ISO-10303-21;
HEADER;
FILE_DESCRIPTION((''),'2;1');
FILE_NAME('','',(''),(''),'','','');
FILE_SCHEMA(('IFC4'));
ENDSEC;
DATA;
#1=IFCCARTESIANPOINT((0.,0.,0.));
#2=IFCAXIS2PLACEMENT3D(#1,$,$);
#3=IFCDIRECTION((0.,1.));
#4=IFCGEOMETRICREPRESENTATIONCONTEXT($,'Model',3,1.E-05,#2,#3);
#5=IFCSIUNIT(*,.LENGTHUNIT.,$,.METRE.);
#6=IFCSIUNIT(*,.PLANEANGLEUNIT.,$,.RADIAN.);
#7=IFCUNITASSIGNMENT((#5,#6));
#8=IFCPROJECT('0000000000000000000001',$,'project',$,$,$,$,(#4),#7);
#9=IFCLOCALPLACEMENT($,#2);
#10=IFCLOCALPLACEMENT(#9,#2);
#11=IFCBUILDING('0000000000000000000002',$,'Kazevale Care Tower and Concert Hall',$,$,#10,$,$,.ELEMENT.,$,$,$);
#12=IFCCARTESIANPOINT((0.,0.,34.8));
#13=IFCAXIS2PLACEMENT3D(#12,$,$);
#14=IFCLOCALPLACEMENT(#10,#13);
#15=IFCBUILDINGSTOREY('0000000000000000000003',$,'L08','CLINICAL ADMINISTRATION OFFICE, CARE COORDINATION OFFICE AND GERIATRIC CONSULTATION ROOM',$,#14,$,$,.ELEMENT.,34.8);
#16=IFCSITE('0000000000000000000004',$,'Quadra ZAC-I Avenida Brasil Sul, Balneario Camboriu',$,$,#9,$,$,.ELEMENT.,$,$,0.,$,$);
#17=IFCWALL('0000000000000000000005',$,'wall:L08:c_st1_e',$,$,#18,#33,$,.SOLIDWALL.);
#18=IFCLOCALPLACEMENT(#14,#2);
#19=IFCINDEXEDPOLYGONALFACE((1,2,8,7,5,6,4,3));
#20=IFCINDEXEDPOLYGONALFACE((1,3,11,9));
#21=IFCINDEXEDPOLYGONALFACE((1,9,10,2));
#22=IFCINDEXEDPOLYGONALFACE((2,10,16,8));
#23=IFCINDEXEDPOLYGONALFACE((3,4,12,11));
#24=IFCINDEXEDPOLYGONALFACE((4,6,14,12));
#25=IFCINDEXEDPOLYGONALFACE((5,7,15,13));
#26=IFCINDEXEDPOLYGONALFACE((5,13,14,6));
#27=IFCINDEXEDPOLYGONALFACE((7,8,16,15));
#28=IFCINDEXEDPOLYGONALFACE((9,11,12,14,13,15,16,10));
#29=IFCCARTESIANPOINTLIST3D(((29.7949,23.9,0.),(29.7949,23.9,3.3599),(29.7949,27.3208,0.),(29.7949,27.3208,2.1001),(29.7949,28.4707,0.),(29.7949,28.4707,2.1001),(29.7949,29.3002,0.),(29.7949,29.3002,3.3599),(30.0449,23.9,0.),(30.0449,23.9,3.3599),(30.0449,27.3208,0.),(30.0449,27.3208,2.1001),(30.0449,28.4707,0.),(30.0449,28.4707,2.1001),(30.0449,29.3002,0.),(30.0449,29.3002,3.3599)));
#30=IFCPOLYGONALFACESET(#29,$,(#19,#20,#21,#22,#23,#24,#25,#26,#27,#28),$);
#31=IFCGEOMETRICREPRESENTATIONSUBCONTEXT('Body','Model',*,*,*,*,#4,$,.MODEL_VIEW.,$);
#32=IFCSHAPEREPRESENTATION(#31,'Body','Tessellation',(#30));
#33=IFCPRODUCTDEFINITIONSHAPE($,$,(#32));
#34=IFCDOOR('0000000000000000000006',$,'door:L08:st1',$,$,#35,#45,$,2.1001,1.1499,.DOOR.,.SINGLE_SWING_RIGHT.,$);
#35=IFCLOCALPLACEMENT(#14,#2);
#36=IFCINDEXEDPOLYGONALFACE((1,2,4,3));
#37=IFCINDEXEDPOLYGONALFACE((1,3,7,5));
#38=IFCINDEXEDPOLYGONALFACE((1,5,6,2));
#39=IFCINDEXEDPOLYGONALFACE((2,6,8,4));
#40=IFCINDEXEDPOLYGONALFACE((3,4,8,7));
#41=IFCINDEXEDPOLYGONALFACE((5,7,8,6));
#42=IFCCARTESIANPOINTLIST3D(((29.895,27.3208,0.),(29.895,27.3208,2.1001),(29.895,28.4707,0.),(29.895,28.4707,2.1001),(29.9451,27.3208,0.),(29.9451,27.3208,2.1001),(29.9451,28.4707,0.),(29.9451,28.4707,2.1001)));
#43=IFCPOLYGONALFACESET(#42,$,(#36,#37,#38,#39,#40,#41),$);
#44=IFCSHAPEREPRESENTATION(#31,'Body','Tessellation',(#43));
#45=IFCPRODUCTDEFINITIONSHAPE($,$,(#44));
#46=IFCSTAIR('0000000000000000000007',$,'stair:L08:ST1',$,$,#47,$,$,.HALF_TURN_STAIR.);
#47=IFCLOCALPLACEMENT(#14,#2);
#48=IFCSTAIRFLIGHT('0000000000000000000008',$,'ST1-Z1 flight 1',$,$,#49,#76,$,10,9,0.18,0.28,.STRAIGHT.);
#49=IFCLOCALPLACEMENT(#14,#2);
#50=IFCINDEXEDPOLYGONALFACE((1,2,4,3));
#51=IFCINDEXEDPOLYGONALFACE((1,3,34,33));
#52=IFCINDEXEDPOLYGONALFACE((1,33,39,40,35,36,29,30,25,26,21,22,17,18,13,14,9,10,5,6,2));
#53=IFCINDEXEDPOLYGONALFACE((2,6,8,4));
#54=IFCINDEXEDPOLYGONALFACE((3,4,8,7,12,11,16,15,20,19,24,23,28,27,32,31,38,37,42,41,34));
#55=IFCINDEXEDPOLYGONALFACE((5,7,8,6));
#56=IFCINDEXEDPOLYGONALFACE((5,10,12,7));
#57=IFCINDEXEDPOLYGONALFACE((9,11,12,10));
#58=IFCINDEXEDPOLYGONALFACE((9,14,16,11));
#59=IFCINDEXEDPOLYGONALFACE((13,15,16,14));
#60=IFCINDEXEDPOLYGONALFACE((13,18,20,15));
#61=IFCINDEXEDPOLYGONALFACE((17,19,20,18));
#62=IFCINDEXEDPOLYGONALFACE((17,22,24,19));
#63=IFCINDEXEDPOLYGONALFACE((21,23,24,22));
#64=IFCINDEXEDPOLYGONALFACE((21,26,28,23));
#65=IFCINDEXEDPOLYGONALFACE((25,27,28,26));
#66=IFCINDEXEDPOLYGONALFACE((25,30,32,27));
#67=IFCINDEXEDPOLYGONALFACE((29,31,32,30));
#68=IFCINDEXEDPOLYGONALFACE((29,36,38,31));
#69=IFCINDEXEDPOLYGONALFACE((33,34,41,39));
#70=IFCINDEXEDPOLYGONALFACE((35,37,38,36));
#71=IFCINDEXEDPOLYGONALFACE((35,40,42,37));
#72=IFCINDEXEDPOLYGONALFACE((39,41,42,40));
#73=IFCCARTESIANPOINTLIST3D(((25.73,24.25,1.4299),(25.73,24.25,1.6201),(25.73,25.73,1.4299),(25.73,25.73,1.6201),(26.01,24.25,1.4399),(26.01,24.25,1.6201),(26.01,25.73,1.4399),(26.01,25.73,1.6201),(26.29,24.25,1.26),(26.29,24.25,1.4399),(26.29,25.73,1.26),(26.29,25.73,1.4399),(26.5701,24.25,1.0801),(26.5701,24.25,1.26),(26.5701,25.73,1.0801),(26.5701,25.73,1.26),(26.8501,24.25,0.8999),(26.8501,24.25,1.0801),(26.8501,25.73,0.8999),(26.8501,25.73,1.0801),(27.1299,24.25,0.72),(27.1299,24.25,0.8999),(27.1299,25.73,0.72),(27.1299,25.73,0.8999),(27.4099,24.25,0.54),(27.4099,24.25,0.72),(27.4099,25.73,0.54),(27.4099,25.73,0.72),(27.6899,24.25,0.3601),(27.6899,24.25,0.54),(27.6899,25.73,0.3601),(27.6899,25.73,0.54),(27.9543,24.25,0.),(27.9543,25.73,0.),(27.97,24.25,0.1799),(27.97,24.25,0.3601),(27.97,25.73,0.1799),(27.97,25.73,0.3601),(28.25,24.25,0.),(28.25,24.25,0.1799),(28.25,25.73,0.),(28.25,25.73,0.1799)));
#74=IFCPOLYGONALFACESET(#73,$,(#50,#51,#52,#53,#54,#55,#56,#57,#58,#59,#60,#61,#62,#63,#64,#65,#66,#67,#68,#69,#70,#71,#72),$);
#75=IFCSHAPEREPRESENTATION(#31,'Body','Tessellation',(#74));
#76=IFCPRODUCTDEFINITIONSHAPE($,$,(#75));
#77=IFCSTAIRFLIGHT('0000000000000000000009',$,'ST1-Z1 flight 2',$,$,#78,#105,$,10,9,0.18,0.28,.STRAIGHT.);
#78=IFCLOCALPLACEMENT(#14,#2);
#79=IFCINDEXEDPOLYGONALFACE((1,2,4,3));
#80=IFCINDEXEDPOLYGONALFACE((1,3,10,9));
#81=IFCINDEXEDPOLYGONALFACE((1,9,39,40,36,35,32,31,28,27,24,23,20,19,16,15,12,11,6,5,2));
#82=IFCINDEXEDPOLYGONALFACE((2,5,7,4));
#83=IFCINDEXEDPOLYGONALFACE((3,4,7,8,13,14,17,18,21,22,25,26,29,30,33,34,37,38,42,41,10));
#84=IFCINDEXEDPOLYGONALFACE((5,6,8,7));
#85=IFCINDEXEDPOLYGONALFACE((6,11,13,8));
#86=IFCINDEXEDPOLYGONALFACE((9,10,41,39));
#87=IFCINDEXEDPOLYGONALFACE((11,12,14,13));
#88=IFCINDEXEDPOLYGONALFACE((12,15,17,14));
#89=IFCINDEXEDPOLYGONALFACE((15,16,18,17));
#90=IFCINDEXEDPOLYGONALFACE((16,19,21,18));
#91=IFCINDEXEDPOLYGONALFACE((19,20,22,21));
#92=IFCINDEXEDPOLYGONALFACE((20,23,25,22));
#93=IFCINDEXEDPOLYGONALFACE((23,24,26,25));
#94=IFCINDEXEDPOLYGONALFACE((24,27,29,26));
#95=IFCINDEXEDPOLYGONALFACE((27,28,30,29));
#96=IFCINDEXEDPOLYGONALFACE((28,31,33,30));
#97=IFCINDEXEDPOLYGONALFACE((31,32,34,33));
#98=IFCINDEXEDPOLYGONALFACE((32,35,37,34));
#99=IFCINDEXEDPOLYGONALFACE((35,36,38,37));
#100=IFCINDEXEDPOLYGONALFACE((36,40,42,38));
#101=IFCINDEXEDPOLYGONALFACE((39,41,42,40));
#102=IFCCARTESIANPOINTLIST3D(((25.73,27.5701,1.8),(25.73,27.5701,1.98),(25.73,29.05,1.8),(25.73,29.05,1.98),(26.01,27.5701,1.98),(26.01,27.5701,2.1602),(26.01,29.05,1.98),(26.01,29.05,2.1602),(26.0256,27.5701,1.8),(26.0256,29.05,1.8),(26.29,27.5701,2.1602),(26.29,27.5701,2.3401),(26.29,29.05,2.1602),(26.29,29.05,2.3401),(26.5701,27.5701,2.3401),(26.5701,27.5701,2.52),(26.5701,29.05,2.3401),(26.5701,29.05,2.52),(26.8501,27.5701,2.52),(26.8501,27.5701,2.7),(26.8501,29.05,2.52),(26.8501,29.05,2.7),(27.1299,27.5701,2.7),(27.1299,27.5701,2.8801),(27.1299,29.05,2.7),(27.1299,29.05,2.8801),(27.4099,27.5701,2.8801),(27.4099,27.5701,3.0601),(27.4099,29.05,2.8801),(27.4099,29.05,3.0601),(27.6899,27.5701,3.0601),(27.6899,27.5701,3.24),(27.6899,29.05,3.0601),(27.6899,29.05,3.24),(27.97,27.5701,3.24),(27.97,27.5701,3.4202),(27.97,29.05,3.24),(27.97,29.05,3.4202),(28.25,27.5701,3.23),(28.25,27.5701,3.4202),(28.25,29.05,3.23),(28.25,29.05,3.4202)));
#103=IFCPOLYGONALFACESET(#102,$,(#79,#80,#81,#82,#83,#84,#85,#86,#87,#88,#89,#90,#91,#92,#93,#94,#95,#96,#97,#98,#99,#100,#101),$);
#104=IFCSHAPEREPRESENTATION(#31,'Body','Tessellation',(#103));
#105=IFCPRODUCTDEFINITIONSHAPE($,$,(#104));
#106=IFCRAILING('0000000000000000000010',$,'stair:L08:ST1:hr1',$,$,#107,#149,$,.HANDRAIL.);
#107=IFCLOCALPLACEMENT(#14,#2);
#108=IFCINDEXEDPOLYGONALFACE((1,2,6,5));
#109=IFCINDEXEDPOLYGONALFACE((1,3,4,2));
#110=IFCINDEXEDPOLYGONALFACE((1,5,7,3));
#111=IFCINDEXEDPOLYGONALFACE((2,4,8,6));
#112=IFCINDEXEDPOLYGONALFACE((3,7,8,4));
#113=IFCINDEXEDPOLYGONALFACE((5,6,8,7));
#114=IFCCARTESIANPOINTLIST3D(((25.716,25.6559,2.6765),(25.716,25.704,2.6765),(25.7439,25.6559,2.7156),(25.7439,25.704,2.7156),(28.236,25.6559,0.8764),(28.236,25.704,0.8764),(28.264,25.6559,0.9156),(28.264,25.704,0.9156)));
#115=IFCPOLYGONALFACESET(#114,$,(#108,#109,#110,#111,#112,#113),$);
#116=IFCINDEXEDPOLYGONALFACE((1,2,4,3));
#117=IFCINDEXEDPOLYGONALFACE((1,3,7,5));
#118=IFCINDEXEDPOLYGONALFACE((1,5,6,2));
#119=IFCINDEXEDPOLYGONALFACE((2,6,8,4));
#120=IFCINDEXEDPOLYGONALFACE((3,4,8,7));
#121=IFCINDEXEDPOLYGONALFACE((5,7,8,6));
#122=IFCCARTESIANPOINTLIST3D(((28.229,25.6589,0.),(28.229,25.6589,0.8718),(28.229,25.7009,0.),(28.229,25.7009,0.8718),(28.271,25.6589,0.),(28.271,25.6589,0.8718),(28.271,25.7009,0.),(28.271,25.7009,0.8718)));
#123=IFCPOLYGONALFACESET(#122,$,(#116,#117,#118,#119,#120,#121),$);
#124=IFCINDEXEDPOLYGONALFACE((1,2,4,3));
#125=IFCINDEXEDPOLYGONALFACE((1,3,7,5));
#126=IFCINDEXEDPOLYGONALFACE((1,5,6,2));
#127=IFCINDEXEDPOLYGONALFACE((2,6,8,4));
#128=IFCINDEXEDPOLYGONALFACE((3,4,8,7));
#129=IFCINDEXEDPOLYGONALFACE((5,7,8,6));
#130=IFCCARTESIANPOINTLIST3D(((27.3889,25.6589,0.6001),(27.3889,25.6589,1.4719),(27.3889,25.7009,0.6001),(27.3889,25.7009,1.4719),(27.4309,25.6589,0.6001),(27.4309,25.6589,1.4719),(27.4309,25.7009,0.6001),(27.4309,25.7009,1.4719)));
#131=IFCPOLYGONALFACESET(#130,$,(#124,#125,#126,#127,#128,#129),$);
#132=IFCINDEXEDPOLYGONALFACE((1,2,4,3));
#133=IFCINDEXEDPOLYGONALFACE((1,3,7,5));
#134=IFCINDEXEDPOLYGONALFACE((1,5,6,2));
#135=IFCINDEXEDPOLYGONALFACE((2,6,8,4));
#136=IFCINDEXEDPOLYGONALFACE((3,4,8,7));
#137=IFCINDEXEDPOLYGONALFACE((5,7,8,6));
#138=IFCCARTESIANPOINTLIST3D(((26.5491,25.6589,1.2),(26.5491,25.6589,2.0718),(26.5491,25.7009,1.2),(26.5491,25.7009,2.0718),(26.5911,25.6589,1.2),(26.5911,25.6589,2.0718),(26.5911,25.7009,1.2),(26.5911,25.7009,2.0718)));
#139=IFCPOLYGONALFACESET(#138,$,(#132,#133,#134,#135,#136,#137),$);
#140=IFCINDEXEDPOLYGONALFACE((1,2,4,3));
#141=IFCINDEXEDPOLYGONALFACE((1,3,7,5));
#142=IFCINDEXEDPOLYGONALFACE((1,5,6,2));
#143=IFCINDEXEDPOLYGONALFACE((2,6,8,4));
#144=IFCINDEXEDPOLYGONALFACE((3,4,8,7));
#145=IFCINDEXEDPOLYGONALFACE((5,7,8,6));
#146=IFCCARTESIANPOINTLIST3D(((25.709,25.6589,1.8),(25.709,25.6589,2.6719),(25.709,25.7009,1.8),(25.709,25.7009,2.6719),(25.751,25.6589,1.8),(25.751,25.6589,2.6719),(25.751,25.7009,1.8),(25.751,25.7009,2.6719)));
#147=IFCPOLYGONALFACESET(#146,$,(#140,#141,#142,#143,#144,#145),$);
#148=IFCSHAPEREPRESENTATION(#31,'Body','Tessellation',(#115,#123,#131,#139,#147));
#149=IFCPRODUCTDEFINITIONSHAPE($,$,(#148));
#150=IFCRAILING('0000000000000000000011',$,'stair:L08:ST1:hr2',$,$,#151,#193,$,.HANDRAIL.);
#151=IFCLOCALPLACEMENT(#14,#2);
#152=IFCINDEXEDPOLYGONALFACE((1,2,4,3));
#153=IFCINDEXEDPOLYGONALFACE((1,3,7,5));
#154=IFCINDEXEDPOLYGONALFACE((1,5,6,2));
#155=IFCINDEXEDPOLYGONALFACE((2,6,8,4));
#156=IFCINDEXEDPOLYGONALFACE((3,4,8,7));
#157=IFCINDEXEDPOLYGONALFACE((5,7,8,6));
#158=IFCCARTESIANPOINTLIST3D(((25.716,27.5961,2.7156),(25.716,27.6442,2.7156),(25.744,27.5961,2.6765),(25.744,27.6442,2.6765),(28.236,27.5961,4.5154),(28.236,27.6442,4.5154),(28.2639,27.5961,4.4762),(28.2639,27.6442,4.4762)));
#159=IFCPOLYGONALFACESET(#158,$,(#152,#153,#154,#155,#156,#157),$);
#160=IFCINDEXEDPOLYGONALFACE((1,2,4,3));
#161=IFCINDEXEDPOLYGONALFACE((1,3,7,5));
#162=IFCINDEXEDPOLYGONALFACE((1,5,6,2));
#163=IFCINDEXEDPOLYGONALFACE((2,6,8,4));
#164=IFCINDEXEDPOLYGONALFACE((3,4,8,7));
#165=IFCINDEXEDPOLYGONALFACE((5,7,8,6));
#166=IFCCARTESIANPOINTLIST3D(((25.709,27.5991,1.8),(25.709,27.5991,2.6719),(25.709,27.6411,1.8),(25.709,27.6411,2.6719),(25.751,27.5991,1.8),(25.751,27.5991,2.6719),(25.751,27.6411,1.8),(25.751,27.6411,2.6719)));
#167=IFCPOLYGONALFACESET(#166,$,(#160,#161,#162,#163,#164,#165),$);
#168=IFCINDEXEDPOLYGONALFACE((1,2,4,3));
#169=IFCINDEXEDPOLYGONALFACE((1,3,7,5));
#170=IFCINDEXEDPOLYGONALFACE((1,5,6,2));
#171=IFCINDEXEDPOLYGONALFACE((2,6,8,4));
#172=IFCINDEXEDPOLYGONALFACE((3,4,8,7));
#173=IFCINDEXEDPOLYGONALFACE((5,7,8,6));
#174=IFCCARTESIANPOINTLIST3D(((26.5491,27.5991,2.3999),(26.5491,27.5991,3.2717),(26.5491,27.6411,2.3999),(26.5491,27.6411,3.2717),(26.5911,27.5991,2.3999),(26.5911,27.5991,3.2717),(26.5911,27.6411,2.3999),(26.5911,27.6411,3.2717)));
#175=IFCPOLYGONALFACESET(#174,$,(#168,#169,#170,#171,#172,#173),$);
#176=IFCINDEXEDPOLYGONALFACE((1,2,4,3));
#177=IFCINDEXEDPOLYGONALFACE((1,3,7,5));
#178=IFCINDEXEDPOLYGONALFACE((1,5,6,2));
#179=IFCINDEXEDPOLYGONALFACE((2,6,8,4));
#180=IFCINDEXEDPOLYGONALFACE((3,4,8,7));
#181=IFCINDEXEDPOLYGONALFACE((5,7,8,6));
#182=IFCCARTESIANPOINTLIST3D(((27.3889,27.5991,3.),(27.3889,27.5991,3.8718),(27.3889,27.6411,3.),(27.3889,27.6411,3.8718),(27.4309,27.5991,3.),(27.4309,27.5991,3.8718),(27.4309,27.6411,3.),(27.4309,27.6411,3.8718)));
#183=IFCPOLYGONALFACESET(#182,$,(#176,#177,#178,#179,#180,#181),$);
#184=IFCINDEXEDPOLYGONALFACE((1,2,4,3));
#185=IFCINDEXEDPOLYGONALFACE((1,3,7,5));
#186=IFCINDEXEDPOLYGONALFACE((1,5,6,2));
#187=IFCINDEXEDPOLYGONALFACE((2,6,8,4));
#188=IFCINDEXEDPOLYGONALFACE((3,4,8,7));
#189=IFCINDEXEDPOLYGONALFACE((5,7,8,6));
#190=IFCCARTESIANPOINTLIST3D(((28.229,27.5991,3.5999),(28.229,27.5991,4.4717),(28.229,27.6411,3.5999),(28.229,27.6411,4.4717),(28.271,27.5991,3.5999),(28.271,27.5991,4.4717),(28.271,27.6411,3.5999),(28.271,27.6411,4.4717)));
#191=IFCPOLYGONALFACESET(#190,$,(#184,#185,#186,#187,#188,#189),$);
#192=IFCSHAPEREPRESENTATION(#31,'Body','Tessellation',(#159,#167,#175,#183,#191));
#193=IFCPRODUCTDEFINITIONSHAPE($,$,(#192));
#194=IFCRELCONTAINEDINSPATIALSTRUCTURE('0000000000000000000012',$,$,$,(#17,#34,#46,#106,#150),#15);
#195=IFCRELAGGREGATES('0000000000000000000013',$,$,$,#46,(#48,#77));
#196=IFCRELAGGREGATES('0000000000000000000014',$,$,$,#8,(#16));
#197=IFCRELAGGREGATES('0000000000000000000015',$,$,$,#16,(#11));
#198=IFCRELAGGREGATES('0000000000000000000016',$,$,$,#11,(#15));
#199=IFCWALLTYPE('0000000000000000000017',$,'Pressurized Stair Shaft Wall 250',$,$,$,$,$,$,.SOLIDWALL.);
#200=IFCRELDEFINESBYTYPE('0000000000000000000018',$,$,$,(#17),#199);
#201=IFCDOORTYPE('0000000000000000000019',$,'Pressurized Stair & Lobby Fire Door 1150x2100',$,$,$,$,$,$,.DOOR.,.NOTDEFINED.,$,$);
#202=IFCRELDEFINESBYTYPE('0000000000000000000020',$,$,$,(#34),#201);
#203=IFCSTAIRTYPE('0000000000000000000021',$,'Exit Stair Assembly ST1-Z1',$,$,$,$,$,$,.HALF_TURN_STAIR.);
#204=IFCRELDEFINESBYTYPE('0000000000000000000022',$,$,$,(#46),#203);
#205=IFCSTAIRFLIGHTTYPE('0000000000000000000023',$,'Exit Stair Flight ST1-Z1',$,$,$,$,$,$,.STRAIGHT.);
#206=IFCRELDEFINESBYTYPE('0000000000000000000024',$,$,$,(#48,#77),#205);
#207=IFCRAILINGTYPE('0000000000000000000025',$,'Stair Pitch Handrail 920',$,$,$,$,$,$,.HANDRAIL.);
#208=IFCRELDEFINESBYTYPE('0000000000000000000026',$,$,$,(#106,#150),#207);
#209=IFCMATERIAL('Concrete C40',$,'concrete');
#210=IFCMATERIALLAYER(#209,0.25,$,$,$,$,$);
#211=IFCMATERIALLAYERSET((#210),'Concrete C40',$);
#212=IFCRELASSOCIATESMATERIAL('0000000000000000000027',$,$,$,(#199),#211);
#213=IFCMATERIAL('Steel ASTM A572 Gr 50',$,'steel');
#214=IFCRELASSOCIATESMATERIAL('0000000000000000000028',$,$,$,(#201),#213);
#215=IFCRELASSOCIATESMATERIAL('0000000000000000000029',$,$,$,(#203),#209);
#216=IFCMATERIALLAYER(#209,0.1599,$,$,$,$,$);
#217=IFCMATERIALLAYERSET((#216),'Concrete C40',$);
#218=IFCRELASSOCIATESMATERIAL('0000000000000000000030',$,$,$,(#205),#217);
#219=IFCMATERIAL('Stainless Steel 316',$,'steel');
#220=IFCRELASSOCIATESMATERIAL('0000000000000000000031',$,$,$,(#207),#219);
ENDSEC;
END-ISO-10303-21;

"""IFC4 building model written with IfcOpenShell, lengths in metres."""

from ifc_helpers import new_model, si_unit, direction, frame, frame_2d, origin, origin_2d, place, context, subcontext, project, spatial, polyline, rectangle, outline, extrude, material, layer, layer_set, type_object, element, fill, aggregate, save


model = new_model("IFC4")

# Units and contexts
model_context = context("Model", 3, precision=1e-05, world=origin(), true_north=direction((0.0, 1.0)))
body_context = subcontext(model_context, "Body", "Model", "MODEL_VIEW")
ifc_project = project(units=[si_unit("LENGTHUNIT", "METRE"), si_unit("PLANEANGLEUNIT", "RADIAN")], contexts=[model_context])

# Site, building, storey
site_placement = place(None, origin())
site = spatial("IfcSite", under=ifc_project, at=site_placement, Name="Quadra ZAC-I Avenida Brasil Sul, Balneario Camboriu", CompositionType="ELEMENT", RefElevation=0.0)
building_placement = place(site_placement, origin())
building = spatial("IfcBuilding", under=site, at=building_placement, Name="Kazevale Care Tower and Concert Hall", CompositionType="ELEMENT")
storey_placement = place(building_placement, frame((0.0, 0.0, 34.8)))
storey = spatial("IfcBuildingStorey", under=building, at=storey_placement, Name="L08", Description="CLINICAL ADMINISTRATION OFFICE, CARE COORDINATION OFFICE AND GERIATRIC CONSULTATION ROOM", CompositionType="ELEMENT", Elevation=34.8)

# Shared definitions
ifc_material_1 = material(Name="Steel ASTM A572 Gr 50", Category="steel")

# Shared definitions
ifc_material_2 = material(Name="Concrete C40", Category="concrete")
ifc_material_3 = material(Name="Stainless Steel 316", Category="steel")

# Wall, opening, door
ifc_layer_1 = layer(ifc_material_2, 0.25)
ifc_layer_set_1 = layer_set([ifc_layer_1], Name="Concrete C40")
wall_type_1 = type_object("IfcWallType", Name="Pressurized Stair Shaft Wall 250", PredefinedType="SOLIDWALL", material=ifc_layer_set_1)
wall_1_placement = place(storey_placement, frame((29.9199, 23.8999, 0.0), z_axis=(0.0, 0.0, 1.0), x_axis=(0.0, 1.0, 0.0)))
wall_1 = element("IfcWall", 1, at=wall_1_placement, inside=storey, type_object=wall_type_1, Name="wall:L08:c_st1_e", PredefinedType="SOLIDWALL", context=body_context, shape_type="SweptSolid", body=[
    extrude(rectangle(XDim=5.4001, YDim=0.25, at=frame_2d((2.7002, 0.0))), origin(), (0.0, 0.0, 1.0), 3.3599),
])
opening_1_placement = place(wall_1_placement, frame((3.4209, 0.0, 0.0)))
opening_1 = element("IfcOpeningElement", 2, at=opening_1_placement, cuts=wall_1, PredefinedType="OPENING", context=body_context, shape_type="SweptSolid", body=[
    extrude(rectangle(XDim=1.1499, YDim=2.1001, at=frame_2d((0.575, 1.05))), frame((0.0, 0.135, 0.0), z_axis=(0.0, -1.0, 0.0), x_axis=(1.0, 0.0, 0.0)), (0.0, 0.0, 1.0), 0.27),
])
door_type_1 = type_object("IfcDoorType", Name="Pressurized Stair & Lobby Fire Door 1150x2100", OperationType="NOTDEFINED", PredefinedType="DOOR", material=ifc_material_1)
door_1_placement = place(opening_1_placement, origin())
door_1 = element("IfcDoor", 3, at=door_1_placement, inside=storey, type_object=door_type_1, Name="door:L08:st1", OperationType="SINGLE_SWING_RIGHT", OverallHeight=2.1001, OverallWidth=1.1499, PredefinedType="DOOR", context=body_context, shape_type="SweptSolid", body=[
    extrude(rectangle(XDim=1.1499, YDim=2.1001, at=frame_2d((0.575, 1.05))), frame((0.0, 0.0249, 0.0), z_axis=(0.0, -1.0, 0.0), x_axis=(1.0, 0.0, 0.0)), (0.0, 0.0, 1.0), 0.05),
])
fill(opening_1, door_1)

# Stair, stair flights
stair_type = type_object("IfcStairType", Name="Exit Stair Assembly ST1-Z1", PredefinedType="HALF_TURN_STAIR", material=ifc_material_2)
stair_placement = place(storey_placement, origin())
stair = element("IfcStair", 4, at=stair_placement, inside=storey, type_object=stair_type, Name="stair:L08:ST1", PredefinedType="HALF_TURN_STAIR")
ifc_layer_2 = layer(ifc_material_2, 0.1599)
ifc_layer_set_2 = layer_set([ifc_layer_2], Name="Concrete C40")
stair_flight_type = type_object("IfcStairFlightType", Name="Exit Stair Flight ST1-Z1", PredefinedType="STRAIGHT", material=ifc_layer_set_2)
stair_flight_1_placement = place(storey_placement, frame((28.25, 24.99, 0.0), z_axis=(0.0, 0.0, 1.0), x_axis=(-1.0, 0.0, 0.0)))
stair_flight_1 = element("IfcStairFlight", 5, at=stair_flight_1_placement, type_object=stair_flight_type, Name="ST1-Z1 flight 1", NumberOfRisers=10, NumberOfTreads=9, PredefinedType="STRAIGHT", RiserHeight=0.18, TreadLength=0.28, context=body_context, shape_type="SweptSolid", body=[
    extrude(outline(polyline([(0.0, 0.0), (0.0, 0.1799), (0.28, 0.1799), (0.28, 0.3601), (0.5601, 0.3601), (0.5601, 0.54), (0.8401, 0.54), (0.8401, 0.72), (1.1201, 0.72), (1.1201, 0.8999), (1.3999, 0.8999), (1.3999, 1.0801), (1.6799, 1.0801), (1.6799, 1.26), (1.96, 1.26), (1.96, 1.4399), (2.24, 1.4399), (2.24, 1.6201), (2.52, 1.6201), (2.52, 1.8), (2.52, 1.4299), (0.2957, 0.0), (0.0, 0.0)])), frame((0.0, 0.74, 0.0), z_axis=(0.0, -1.0, 0.0), x_axis=(1.0, 0.0, 0.0)), (0.0, 0.0, 1.0), 1.48),
])
stair_flight_2_placement = place(storey_placement, frame((25.73, 28.3101, 1.8), z_axis=(0.0, 0.0, 1.0), x_axis=(1.0, 0.0, 0.0)))
stair_flight_2 = element("IfcStairFlight", 6, at=stair_flight_2_placement, type_object=stair_flight_type, Name="ST1-Z1 flight 2", NumberOfRisers=10, NumberOfTreads=9, PredefinedType="STRAIGHT", RiserHeight=0.18, TreadLength=0.28, context=body_context, shape_type="SweptSolid", body=[
    extrude(outline(polyline([(0.0, 0.0), (0.0, 0.1799), (0.28, 0.1799), (0.28, 0.3601), (0.5601, 0.3601), (0.5601, 0.54), (0.8401, 0.54), (0.8401, 0.72), (1.1201, 0.72), (1.1201, 0.8999), (1.3999, 0.8999), (1.3999, 1.0801), (1.6799, 1.0801), (1.6799, 1.26), (1.96, 1.26), (1.96, 1.4399), (2.24, 1.4399), (2.24, 1.6201), (2.52, 1.6201), (2.52, 1.8), (2.52, 1.4299), (0.2957, 0.0), (0.0, 0.0)])), frame((0.0, 0.74, 0.0), z_axis=(0.0, -1.0, 0.0), x_axis=(1.0, 0.0, 0.0)), (0.0, 0.0, 1.0), 1.48),
])
aggregate(stair, [stair_flight_1, stair_flight_2])

# Railings
railing_type_1 = type_object("IfcRailingType", Name="Stair Pitch Handrail 920", PredefinedType="HANDRAIL", material=ifc_material_3)
railing_1_placement = place(storey_placement, frame((28.25, 25.6799, 0.0)))
element("IfcRailing", 7, at=railing_1_placement, inside=storey, type_object=railing_type_1, Name="stair:L08:ST1:hr1", PredefinedType="HANDRAIL", context=body_context, shape_type="SweptSolid", body=[
    extrude(rectangle(XDim=0.0481, YDim=0.0481, at=origin_2d()), frame((0.0, 0.0, 0.896), z_axis=(-0.813728, 0.0, 0.581246), x_axis=(0.0, -1.0, 0.0)), (0.0, 0.0, 1.0), 3.0969),
    extrude(rectangle(XDim=0.042, YDim=0.042, at=origin_2d()), origin(), (0.0, 0.0, 1.0), 0.8718),
    extrude(rectangle(XDim=0.042, YDim=0.042, at=origin_2d()), frame((-0.8401, 0.0, 0.6001)), (0.0, 0.0, 1.0), 0.8718),
    extrude(rectangle(XDim=0.042, YDim=0.042, at=origin_2d()), frame((-1.6799, 0.0, 1.2)), (0.0, 0.0, 1.0), 0.8718),
    extrude(rectangle(XDim=0.042, YDim=0.042, at=origin_2d()), frame((-2.52, 0.0, 1.8)), (0.0, 0.0, 1.0), 0.8718),
])
railing_2_placement = place(storey_placement, frame((25.73, 27.6201, 1.8)))
element("IfcRailing", 8, at=railing_2_placement, inside=storey, type_object=railing_type_1, Name="stair:L08:ST1:hr2", PredefinedType="HANDRAIL", context=body_context, shape_type="SweptSolid", body=[
    extrude(rectangle(XDim=0.0481, YDim=0.0481, at=origin_2d()), frame((0.0, 0.0, 0.896), z_axis=(0.813765, 0.0, 0.581193), x_axis=(0.0, 1.0, 0.0)), (0.0, 0.0, 1.0), 3.0967),
    extrude(rectangle(XDim=0.042, YDim=0.042, at=origin_2d()), origin(), (0.0, 0.0, 1.0), 0.8718),
    extrude(rectangle(XDim=0.042, YDim=0.042, at=origin_2d()), frame((0.8401, 0.0, 0.5999)), (0.0, 0.0, 1.0), 0.8718),
    extrude(rectangle(XDim=0.042, YDim=0.042, at=origin_2d()), frame((1.6799, 0.0, 1.2)), (0.0, 0.0, 1.0), 0.8718),
    extrude(rectangle(XDim=0.042, YDim=0.042, at=origin_2d()), frame((2.52, 0.0, 1.7998)), (0.0, 0.0, 1.0), 0.8718),
])

save(model, "model.ifc")
